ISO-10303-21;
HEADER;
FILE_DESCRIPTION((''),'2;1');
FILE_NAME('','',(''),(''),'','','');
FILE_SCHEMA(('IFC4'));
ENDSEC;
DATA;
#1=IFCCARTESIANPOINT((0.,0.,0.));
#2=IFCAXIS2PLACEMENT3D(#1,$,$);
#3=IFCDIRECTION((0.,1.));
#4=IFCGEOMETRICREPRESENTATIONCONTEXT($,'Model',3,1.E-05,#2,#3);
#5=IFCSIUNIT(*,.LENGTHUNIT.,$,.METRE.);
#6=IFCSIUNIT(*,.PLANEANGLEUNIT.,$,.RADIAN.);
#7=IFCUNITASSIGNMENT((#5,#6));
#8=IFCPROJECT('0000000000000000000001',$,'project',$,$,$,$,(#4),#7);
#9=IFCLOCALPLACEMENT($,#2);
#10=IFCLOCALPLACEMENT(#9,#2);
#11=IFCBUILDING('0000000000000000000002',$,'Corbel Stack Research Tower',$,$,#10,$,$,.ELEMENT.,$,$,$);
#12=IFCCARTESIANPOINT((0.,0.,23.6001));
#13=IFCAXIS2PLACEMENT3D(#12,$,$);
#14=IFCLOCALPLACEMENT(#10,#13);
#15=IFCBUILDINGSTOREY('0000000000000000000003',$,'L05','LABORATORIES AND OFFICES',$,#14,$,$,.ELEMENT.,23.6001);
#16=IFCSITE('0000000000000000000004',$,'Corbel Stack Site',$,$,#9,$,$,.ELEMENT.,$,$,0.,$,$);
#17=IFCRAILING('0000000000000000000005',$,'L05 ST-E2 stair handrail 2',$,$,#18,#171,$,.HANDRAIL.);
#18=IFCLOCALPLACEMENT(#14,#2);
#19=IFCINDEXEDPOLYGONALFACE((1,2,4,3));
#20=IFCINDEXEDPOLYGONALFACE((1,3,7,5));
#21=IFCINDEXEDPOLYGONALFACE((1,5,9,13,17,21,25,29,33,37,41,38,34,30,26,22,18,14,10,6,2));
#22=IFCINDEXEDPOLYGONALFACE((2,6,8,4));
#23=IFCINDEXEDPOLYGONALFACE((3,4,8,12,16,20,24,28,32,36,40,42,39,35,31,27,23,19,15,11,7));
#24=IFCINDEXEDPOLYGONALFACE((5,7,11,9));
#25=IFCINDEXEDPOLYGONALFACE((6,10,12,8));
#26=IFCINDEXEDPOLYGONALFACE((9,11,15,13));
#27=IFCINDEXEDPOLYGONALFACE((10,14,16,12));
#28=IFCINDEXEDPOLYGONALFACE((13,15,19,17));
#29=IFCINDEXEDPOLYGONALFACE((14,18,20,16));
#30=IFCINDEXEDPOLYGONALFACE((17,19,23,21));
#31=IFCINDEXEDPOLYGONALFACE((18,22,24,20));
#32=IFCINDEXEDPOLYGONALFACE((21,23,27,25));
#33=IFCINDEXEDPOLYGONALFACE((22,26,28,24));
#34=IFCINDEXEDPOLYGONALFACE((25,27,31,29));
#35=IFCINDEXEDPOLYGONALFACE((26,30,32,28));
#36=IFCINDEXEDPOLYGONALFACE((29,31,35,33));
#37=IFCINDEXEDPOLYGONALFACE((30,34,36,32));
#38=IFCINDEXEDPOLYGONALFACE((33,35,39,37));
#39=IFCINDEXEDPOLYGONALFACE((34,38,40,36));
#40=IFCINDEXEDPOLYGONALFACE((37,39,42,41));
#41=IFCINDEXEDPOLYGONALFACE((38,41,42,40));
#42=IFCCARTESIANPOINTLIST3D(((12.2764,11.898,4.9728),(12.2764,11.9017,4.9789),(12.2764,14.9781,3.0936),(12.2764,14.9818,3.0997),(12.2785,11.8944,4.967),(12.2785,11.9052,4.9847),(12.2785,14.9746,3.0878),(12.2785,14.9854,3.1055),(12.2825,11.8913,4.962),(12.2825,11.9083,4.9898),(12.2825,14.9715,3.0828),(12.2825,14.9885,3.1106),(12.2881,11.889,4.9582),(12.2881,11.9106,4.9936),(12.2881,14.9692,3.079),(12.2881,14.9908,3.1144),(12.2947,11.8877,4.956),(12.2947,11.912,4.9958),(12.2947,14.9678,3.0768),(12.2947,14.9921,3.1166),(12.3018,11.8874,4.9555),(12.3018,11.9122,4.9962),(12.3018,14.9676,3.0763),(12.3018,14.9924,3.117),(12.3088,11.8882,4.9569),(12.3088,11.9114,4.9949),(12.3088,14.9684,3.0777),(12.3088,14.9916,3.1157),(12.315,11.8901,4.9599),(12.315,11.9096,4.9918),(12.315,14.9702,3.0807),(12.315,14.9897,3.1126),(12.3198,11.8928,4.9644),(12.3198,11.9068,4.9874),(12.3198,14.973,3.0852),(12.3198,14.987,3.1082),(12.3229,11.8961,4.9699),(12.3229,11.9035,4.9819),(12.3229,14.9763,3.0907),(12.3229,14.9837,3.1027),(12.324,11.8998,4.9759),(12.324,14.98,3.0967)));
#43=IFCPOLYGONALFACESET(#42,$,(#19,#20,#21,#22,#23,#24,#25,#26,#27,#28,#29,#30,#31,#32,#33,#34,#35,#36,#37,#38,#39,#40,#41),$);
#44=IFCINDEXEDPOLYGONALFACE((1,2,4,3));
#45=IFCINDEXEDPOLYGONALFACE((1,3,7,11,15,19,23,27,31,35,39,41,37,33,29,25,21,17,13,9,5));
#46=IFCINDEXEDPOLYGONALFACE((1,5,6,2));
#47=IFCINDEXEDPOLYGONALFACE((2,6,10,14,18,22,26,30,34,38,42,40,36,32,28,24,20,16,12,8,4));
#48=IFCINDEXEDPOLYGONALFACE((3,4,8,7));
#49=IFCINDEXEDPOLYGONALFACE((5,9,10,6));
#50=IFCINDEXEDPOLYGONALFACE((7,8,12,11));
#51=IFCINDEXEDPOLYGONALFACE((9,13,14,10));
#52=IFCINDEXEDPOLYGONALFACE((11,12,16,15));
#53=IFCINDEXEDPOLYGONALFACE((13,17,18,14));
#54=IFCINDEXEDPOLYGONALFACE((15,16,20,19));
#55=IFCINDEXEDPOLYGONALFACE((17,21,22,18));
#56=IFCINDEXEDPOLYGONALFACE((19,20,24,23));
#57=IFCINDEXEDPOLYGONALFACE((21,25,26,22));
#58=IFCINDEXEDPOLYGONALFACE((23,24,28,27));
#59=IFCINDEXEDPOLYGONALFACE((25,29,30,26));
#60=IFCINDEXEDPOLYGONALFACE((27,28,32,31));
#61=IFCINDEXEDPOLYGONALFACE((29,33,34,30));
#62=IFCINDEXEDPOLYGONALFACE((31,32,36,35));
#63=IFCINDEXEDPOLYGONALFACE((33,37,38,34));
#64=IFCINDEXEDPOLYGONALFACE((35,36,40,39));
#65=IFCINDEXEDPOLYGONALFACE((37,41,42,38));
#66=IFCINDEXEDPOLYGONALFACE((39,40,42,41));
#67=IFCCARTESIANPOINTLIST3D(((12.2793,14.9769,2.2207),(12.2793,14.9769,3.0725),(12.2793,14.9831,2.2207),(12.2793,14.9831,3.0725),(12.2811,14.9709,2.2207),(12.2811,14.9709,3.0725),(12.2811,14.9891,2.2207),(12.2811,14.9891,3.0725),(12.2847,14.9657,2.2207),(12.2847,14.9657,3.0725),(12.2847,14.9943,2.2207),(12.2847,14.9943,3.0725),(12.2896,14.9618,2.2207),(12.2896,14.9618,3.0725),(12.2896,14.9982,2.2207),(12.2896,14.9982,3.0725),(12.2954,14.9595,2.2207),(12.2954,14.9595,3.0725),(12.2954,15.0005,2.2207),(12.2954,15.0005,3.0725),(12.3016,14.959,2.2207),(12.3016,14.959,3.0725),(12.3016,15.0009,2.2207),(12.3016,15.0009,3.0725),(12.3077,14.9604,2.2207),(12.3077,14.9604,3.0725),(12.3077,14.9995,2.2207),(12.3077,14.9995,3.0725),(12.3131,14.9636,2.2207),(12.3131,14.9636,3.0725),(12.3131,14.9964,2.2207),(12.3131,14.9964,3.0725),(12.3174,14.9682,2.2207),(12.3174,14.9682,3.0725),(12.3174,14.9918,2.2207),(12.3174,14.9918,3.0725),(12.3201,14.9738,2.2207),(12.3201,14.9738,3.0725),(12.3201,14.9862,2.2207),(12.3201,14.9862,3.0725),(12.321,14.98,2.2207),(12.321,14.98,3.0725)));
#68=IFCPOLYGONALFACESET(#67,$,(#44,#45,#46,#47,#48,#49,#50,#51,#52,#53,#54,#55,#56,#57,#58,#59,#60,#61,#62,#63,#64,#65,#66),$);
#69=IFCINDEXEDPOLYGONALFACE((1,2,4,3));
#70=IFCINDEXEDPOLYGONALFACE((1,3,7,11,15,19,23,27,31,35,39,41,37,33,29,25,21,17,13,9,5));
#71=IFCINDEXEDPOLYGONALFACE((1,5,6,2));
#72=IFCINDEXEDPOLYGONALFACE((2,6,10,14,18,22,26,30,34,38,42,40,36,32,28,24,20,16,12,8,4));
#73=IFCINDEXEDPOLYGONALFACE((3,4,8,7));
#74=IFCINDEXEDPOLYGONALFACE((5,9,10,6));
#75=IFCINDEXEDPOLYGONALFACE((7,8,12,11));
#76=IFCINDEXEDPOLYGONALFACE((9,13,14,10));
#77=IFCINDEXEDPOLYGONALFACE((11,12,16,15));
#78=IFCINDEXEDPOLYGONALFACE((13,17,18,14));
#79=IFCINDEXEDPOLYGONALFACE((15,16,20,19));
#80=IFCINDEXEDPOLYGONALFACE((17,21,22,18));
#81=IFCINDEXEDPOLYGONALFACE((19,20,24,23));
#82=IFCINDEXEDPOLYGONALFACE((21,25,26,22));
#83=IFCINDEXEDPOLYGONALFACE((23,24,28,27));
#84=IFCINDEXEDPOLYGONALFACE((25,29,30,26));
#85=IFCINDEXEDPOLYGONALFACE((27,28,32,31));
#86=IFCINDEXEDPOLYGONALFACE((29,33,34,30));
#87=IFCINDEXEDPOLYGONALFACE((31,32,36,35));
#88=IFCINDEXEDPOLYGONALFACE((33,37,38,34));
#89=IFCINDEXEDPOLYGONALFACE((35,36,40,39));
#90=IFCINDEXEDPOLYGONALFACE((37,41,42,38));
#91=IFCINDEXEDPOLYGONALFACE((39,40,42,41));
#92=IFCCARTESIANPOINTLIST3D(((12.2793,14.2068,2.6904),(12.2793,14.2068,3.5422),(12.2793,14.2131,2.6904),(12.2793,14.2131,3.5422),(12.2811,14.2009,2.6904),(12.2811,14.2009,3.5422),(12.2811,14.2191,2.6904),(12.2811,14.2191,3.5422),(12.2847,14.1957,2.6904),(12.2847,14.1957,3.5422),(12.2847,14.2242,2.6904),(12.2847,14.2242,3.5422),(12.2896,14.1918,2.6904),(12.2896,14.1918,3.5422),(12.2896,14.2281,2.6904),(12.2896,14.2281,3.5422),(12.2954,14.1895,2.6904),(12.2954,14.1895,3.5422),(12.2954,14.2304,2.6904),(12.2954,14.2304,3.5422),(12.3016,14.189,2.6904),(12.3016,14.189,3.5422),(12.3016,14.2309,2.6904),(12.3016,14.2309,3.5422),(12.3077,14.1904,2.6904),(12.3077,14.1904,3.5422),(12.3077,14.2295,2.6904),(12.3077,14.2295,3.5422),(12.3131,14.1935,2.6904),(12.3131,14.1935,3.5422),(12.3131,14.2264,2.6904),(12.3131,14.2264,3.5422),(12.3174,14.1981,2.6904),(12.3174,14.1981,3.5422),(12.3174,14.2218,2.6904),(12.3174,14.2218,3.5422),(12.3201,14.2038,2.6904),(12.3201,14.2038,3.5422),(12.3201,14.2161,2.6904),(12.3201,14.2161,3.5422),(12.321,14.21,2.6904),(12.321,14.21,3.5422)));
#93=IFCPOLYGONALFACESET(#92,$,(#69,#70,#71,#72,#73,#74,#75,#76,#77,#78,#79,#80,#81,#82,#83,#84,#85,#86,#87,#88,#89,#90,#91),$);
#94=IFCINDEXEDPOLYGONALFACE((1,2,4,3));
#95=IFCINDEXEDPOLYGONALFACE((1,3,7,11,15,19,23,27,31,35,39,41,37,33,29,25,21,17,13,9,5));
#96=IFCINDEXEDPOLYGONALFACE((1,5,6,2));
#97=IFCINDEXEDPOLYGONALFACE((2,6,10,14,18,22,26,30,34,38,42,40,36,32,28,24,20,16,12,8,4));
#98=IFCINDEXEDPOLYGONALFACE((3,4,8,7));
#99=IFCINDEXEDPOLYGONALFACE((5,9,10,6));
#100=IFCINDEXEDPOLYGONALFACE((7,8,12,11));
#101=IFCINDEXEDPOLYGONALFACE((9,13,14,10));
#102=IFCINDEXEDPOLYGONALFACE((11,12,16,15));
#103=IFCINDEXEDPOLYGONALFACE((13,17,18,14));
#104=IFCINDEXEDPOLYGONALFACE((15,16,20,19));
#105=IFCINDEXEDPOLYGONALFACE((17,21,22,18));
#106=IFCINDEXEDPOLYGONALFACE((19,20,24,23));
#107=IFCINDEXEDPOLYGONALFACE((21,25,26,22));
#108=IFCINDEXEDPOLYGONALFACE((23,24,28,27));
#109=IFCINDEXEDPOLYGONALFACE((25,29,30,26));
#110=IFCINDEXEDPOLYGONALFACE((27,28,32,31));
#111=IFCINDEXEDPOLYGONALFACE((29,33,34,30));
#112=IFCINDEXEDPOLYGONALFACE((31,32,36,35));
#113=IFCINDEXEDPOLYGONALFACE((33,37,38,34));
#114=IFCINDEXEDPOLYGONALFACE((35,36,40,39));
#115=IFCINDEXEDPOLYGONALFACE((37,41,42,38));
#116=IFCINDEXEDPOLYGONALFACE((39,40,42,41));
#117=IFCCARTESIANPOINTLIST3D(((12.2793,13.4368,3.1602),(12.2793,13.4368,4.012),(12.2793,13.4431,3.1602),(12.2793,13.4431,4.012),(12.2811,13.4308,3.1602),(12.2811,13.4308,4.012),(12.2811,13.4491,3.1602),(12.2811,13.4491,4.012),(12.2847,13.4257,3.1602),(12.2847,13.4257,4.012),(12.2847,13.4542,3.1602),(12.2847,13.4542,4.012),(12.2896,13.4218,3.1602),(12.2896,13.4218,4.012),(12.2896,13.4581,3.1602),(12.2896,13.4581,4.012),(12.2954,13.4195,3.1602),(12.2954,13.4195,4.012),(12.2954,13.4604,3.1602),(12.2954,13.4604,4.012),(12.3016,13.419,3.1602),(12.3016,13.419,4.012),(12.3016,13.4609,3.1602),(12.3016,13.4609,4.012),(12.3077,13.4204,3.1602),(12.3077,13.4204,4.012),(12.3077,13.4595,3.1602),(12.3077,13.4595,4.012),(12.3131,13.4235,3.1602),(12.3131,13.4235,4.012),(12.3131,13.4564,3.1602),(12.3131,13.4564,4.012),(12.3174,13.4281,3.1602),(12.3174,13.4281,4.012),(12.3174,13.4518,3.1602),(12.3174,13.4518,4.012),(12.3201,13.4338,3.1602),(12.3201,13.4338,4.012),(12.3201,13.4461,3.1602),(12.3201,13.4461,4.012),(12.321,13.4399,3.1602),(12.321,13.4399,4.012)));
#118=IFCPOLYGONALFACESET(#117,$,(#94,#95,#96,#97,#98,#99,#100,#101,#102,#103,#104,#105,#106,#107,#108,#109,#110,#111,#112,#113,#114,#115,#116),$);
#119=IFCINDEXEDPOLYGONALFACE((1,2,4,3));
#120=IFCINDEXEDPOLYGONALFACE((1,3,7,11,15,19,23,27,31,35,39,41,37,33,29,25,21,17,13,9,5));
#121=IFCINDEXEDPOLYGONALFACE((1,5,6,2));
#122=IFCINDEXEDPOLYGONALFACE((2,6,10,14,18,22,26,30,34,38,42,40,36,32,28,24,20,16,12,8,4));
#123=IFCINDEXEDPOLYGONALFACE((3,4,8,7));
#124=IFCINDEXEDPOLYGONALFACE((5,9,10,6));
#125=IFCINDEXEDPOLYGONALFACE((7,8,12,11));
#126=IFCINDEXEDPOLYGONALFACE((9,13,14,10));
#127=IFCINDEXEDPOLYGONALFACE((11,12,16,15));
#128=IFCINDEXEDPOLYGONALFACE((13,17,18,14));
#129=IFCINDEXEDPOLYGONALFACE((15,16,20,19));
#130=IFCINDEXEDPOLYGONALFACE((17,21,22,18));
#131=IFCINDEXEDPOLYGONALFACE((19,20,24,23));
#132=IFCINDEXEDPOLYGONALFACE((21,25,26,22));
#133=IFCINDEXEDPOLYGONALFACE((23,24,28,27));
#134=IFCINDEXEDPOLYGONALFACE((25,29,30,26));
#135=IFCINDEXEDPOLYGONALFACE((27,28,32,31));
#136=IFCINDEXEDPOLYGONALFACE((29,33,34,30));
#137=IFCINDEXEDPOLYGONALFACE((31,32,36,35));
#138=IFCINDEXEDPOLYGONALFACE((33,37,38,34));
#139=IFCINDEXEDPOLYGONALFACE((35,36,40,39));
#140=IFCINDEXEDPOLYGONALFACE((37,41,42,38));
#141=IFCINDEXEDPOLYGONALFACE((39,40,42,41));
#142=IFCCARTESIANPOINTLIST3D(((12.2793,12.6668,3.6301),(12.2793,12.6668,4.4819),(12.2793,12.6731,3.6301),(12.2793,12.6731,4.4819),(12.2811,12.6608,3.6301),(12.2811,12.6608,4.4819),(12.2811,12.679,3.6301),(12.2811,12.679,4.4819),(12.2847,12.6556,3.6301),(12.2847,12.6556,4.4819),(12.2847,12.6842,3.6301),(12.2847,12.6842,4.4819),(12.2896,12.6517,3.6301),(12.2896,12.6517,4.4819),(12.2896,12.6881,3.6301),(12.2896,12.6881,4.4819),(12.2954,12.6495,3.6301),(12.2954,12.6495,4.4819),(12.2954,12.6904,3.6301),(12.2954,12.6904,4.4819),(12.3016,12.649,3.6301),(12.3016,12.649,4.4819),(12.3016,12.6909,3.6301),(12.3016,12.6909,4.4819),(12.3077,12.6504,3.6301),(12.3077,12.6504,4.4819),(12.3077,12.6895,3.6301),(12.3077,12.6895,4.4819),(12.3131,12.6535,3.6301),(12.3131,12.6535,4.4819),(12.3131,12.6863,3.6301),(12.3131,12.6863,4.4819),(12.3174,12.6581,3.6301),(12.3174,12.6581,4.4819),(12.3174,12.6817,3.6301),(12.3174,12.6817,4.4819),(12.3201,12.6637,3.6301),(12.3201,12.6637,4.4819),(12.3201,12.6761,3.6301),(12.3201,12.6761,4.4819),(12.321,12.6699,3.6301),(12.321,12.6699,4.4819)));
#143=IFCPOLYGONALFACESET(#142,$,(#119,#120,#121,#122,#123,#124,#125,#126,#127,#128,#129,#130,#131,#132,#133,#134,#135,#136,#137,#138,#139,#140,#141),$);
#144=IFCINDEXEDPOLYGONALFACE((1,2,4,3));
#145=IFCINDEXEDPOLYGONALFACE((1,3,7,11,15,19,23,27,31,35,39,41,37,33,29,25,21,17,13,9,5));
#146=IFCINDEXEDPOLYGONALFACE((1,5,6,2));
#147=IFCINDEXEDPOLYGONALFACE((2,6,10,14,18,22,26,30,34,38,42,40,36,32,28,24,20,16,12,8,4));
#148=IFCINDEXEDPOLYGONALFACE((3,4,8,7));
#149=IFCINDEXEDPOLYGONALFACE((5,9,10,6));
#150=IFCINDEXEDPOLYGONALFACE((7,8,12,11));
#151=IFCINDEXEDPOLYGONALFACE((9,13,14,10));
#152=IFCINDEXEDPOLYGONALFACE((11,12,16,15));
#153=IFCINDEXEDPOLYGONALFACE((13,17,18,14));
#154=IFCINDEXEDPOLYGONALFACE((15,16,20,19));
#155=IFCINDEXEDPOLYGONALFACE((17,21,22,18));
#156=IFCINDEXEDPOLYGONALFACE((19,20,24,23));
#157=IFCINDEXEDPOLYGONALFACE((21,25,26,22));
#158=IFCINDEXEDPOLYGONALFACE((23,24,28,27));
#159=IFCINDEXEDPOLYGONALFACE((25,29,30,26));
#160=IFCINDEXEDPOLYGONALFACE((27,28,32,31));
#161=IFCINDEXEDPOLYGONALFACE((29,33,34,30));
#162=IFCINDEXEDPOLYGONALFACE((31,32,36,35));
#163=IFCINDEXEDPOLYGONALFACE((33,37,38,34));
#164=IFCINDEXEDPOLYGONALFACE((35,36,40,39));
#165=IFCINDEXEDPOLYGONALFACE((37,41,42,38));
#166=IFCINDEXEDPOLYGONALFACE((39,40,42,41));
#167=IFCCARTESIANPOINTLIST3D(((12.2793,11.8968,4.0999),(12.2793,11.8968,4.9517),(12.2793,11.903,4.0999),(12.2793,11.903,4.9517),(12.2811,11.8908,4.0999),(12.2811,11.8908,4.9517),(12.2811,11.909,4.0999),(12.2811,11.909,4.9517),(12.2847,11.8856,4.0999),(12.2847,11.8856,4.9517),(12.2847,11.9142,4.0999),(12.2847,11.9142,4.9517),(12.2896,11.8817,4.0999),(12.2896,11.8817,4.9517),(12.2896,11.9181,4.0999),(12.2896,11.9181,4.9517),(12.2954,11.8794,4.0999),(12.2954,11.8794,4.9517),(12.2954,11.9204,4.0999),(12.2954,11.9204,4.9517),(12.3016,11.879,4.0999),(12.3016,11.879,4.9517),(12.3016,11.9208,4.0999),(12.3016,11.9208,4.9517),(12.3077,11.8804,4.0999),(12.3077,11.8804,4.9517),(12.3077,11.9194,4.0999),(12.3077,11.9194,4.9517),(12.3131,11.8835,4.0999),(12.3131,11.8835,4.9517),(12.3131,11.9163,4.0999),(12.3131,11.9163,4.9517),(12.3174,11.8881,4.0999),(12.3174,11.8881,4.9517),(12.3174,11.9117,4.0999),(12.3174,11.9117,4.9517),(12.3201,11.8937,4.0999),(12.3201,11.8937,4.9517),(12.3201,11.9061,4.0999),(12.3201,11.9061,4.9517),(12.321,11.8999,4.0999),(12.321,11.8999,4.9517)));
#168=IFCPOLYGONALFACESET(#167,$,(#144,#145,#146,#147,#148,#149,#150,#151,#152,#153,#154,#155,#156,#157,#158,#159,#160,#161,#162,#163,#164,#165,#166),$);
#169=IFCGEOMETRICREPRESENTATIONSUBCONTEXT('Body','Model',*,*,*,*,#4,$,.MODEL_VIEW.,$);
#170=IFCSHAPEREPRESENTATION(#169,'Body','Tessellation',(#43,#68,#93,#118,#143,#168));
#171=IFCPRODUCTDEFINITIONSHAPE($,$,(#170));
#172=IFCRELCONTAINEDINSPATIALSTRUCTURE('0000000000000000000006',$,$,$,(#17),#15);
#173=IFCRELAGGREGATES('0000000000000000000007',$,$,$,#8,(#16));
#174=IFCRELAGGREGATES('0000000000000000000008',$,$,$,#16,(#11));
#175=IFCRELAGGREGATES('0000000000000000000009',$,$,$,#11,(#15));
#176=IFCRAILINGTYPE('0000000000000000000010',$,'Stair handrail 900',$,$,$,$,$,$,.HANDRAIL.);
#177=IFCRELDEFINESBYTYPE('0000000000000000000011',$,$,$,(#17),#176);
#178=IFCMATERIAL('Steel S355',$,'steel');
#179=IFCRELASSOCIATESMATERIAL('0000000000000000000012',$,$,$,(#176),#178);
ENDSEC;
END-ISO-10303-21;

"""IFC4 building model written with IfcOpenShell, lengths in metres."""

from ifc_helpers import new_model, si_unit, direction, frame, origin, origin_2d, place, context, subcontext, project, spatial, circle, extrude, material, type_object, element, save


model = new_model("IFC4")

# Units and contexts
model_context = context("Model", 3, precision=1e-05, world=origin(), true_north=direction((0.0, 1.0)))
body_context = subcontext(model_context, "Body", "Model", "MODEL_VIEW")
ifc_project = project(units=[si_unit("LENGTHUNIT", "METRE"), si_unit("PLANEANGLEUNIT", "RADIAN")], contexts=[model_context])

# Site, building, storey
site_placement = place(None, origin())
site = spatial("IfcSite", under=ifc_project, at=site_placement, Name="Corbel Stack Site", CompositionType="ELEMENT", RefElevation=0.0)
building_placement = place(site_placement, origin())
building = spatial("IfcBuilding", under=site, at=building_placement, Name="Corbel Stack Research Tower", CompositionType="ELEMENT")
storey_placement = place(building_placement, frame((0.0, 0.0, 23.6001)))
storey = spatial("IfcBuildingStorey", under=building, at=storey_placement, Name="L05", Description="LABORATORIES AND OFFICES", CompositionType="ELEMENT", Elevation=23.6001)

# Railing
ifc_material_1 = material(Name="Steel S355", Category="steel")
railing_type_1 = type_object("IfcRailingType", Name="Stair handrail 900", PredefinedType="HANDRAIL", material=ifc_material_1)
railing_1_placement = place(storey_placement, frame((12.3, 14.98, 2.2207)))
element("IfcRailing", 1, at=railing_1_placement, inside=storey, type_object=railing_type_1, Name="L05 ST-E2 stair handrail 2", PredefinedType="HANDRAIL", context=body_context, shape_type="SweptSolid", body=[
    extrude(circle(Radius=0.0239, at=origin_2d()), frame((0.0, 0.0, 0.876), z_axis=(0.0, -0.853666, 0.52082), x_axis=(1.0, 0.0, 0.0)), (0.0, 0.0, 1.0), 3.6082),
    extrude(circle(Radius=0.021, at=origin_2d()), origin(), (0.0, 0.0, 1.0), 0.8518),
    extrude(circle(Radius=0.021, at=origin_2d()), frame((0.0, -0.77, 0.4697)), (0.0, 0.0, 1.0), 0.8518),
    extrude(circle(Radius=0.021, at=origin_2d()), frame((0.0, -1.54, 0.9395)), (0.0, 0.0, 1.0), 0.8518),
    extrude(circle(Radius=0.021, at=origin_2d()), frame((0.0, -2.3101, 1.4094)), (0.0, 0.0, 1.0), 0.8518),
    extrude(circle(Radius=0.021, at=origin_2d()), frame((0.0, -3.0801, 1.8792)), (0.0, 0.0, 1.0), 0.8518),
])

save(model, "model.ifc")
